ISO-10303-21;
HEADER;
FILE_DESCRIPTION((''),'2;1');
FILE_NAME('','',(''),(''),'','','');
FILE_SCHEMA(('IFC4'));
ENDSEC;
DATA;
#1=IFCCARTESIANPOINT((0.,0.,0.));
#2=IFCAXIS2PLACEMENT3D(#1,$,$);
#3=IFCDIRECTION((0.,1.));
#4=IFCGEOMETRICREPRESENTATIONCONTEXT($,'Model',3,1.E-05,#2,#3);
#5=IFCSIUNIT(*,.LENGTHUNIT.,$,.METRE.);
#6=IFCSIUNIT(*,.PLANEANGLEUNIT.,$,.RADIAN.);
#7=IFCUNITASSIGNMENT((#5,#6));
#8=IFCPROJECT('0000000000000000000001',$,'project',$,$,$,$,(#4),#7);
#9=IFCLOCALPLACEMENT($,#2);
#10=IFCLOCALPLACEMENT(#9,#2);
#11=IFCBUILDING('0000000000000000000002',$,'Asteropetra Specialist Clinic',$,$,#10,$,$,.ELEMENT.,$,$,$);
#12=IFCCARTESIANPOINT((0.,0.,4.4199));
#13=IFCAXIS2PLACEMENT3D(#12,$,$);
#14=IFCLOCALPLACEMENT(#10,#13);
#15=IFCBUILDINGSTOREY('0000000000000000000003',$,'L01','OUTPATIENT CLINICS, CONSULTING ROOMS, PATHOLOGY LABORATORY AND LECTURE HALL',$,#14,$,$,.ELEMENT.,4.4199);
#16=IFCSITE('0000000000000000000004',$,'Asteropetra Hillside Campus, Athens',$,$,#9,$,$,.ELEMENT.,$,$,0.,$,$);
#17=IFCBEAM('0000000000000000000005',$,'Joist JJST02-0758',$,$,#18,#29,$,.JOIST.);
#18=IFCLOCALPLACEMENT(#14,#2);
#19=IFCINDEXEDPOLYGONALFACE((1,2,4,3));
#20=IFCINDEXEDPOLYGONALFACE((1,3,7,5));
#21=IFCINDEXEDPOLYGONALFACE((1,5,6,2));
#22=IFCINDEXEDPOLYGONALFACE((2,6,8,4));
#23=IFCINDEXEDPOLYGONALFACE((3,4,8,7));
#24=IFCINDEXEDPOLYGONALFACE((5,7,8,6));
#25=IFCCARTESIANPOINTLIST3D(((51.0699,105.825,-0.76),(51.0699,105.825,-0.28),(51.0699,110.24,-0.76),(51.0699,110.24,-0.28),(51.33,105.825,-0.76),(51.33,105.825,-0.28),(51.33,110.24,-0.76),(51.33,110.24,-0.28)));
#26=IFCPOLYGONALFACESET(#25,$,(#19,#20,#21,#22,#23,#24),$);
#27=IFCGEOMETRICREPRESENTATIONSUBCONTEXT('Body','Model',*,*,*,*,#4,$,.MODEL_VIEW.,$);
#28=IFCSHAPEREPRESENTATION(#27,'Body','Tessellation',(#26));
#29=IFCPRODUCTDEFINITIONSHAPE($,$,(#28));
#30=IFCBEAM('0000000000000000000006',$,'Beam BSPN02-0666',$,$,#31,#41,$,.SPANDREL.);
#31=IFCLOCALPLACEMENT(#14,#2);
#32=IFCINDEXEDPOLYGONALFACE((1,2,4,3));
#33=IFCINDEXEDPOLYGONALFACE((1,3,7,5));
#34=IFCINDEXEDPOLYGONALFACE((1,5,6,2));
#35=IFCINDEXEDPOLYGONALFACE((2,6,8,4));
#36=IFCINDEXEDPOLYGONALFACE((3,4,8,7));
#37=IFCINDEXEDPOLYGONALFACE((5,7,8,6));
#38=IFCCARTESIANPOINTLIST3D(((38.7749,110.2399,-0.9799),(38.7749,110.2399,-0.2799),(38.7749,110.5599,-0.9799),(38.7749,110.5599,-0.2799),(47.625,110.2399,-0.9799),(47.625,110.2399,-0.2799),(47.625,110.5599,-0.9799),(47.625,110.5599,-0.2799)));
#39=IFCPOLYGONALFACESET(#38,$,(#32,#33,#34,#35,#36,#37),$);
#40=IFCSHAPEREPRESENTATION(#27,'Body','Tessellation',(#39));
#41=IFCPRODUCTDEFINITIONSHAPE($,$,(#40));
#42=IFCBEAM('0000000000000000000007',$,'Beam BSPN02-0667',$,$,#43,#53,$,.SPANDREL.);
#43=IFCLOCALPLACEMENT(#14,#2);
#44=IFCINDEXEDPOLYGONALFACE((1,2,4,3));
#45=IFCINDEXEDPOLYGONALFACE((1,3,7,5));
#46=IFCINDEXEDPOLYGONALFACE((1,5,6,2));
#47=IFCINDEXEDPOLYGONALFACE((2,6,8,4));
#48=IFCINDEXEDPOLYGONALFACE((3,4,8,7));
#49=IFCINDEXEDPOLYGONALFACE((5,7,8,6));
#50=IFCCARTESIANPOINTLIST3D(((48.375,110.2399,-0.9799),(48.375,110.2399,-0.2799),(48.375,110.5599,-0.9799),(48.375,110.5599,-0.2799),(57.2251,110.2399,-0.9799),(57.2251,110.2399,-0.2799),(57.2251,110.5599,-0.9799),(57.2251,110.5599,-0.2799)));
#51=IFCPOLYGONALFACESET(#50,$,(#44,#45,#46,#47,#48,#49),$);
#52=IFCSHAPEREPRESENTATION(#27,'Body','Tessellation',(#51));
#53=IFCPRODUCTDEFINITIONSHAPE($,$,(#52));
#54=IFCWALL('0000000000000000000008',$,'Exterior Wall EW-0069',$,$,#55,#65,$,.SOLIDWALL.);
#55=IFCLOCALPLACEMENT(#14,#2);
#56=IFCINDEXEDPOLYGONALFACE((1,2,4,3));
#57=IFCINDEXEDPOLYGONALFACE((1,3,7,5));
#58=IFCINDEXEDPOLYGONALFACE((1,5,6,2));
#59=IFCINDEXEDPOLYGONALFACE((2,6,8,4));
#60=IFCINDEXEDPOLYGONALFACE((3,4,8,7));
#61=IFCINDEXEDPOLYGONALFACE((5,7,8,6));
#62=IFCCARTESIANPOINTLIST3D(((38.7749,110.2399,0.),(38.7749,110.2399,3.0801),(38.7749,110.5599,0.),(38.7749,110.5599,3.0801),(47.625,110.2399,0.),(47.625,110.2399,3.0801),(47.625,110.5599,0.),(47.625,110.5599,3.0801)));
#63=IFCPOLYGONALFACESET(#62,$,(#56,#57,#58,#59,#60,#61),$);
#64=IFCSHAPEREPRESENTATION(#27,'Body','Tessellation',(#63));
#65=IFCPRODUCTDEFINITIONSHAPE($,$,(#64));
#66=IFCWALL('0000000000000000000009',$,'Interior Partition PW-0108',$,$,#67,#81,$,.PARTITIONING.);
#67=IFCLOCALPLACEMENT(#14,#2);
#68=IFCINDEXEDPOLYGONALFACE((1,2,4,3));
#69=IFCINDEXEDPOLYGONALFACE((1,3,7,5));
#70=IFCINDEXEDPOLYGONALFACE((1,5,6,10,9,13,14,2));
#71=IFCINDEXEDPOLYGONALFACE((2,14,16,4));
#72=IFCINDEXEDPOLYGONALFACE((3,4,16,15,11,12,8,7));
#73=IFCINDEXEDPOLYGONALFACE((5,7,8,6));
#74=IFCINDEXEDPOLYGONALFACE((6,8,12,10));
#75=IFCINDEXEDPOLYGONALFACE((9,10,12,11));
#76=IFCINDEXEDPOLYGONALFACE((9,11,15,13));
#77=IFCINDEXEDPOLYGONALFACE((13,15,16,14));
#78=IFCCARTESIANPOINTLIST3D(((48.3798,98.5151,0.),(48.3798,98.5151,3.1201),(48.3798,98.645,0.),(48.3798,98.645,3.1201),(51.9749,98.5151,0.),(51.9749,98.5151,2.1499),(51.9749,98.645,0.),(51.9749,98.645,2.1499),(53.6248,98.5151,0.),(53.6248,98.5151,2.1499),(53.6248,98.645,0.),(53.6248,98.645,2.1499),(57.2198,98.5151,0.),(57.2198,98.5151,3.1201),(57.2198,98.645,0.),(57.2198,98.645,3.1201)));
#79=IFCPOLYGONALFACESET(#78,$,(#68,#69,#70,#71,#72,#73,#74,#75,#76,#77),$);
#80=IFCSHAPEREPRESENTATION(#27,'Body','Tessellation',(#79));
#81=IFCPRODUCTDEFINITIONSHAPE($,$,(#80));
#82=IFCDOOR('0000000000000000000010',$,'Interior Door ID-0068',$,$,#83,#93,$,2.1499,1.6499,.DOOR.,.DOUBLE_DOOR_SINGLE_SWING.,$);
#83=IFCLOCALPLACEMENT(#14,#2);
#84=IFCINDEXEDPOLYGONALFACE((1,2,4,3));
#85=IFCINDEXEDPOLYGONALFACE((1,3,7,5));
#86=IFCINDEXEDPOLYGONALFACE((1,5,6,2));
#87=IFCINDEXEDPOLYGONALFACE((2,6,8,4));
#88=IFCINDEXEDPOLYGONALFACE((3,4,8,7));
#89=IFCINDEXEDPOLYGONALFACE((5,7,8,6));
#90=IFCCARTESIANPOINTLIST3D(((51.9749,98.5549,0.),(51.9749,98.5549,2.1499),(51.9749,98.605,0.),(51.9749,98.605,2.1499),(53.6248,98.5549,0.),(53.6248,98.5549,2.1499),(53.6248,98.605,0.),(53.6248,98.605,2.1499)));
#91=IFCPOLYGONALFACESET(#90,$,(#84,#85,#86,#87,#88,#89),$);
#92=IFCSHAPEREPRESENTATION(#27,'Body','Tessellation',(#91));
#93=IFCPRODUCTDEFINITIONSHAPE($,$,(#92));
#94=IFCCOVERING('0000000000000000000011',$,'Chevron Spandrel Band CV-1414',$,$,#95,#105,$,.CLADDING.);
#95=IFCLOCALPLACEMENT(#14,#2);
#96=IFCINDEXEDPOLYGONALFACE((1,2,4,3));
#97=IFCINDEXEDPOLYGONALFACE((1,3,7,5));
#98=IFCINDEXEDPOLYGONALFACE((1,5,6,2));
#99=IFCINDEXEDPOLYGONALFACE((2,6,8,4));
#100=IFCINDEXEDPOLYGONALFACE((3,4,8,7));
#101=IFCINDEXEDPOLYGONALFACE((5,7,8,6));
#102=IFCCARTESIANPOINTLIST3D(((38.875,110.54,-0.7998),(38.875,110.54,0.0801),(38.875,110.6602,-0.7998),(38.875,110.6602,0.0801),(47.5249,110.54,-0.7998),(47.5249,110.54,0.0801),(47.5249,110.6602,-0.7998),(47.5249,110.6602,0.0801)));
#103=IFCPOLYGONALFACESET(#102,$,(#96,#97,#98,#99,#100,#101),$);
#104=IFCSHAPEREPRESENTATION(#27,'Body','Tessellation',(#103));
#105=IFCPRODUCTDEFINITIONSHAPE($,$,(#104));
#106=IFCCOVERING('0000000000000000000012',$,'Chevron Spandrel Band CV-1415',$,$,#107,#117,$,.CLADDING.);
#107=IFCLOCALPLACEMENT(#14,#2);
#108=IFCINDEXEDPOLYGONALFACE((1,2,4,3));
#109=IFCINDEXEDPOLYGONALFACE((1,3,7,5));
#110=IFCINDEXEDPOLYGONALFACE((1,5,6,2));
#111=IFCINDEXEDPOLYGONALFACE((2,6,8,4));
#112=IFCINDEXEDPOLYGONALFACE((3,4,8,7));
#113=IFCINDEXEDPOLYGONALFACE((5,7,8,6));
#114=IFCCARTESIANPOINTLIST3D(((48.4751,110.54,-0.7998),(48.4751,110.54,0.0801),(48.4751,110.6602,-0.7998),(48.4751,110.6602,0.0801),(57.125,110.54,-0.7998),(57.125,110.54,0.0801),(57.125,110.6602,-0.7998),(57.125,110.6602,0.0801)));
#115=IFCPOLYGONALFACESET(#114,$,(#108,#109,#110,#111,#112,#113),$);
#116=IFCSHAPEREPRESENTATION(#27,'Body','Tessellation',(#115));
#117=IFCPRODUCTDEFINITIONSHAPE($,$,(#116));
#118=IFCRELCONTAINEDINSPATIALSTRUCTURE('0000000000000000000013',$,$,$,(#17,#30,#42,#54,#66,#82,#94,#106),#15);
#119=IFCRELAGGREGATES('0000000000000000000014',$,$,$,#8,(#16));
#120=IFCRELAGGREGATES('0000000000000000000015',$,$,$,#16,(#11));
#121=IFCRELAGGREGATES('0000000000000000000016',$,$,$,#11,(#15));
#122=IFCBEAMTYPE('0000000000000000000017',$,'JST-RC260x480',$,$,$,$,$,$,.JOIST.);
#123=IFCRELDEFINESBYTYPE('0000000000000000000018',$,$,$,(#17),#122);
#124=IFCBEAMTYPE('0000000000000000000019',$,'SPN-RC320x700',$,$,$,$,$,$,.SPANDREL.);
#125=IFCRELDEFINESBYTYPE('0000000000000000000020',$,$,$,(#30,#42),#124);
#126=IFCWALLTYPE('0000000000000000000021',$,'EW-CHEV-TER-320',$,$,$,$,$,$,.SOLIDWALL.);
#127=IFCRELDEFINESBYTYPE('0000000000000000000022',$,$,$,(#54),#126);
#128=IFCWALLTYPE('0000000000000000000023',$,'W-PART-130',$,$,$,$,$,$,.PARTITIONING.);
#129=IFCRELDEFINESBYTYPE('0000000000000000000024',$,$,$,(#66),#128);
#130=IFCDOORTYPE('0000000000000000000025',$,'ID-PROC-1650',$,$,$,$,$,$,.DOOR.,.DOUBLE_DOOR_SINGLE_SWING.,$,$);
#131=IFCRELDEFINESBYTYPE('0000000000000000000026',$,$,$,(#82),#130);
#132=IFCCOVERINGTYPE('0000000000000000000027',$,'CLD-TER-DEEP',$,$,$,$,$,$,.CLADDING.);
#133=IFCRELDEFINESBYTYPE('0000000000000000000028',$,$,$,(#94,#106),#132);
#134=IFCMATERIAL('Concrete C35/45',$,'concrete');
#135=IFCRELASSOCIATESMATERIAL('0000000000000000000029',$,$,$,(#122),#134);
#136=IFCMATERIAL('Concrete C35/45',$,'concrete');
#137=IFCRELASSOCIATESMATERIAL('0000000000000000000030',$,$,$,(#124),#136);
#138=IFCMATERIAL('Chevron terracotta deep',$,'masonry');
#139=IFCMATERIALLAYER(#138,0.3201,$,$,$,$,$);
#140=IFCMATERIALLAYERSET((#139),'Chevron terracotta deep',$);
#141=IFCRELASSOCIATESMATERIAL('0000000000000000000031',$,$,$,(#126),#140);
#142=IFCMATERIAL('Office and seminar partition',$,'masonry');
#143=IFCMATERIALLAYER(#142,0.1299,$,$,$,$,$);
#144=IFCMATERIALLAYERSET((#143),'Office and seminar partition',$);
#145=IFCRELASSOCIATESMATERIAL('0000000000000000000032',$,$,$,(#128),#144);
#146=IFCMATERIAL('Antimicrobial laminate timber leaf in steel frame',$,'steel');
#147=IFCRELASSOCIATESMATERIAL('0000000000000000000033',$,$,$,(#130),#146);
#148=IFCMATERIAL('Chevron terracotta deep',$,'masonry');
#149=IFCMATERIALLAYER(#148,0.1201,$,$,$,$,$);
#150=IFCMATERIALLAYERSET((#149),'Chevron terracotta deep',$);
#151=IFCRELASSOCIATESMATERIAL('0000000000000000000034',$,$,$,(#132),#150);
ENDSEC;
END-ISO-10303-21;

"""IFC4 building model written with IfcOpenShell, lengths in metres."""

from ifc_helpers import new_model, si_unit, direction, frame, frame_2d, origin, origin_2d, place, context, subcontext, project, spatial, rectangle, extrude, material, layer, layer_set, material_profile, profile_set, type_object, element, fill, save


model = new_model("IFC4")

# Units and contexts
model_context = context("Model", 3, precision=1e-05, world=origin(), true_north=direction((0.0, 1.0)))
body_context = subcontext(model_context, "Body", "Model", "MODEL_VIEW")
ifc_project = project(units=[si_unit("LENGTHUNIT", "METRE"), si_unit("PLANEANGLEUNIT", "RADIAN")], contexts=[model_context])

# Site, building, storey
site_placement = place(None, origin())
site = spatial("IfcSite", under=ifc_project, at=site_placement, Name="Asteropetra Hillside Campus, Athens", CompositionType="ELEMENT", RefElevation=0.0)
building_placement = place(site_placement, origin())
building = spatial("IfcBuilding", under=site, at=building_placement, Name="Asteropetra Specialist Clinic", CompositionType="ELEMENT")
storey_placement = place(building_placement, frame((0.0, 0.0, 4.4199)))
storey = spatial("IfcBuildingStorey", under=building, at=storey_placement, Name="L01", Description="OUTPATIENT CLINICS, CONSULTING ROOMS, PATHOLOGY LABORATORY AND LECTURE HALL", CompositionType="ELEMENT", Elevation=4.4199)

# Beams
ifc_material_1 = material(Name="Concrete C35/45", Category="concrete")
ifc_material_profile_1 = material_profile(ifc_material_1, rectangle(XDim=0.26, YDim=0.48, at=origin_2d()), Name="RCJ 260x480")
ifc_profile_set_1 = profile_set([ifc_material_profile_1], Name="Concrete C35/45")
beam_type_1 = type_object("IfcBeamType", Name="JST-RC260x480", PredefinedType="JOIST", material=ifc_profile_set_1)
for number, where, z_axis, x_axis, name in (
    (1, (51.2, 105.825, -0.52), (0.0, 1.0, 0.0), (-1.0, 0.0, 0.0), "Joist JJST02-0758"),
):
    element("IfcBeam", number, at=place(storey_placement, frame(where, z_axis=z_axis, x_axis=x_axis)), inside=storey, type_object=beam_type_1, Name=name, PredefinedType="JOIST", context=body_context, shape_type="SweptSolid", body=[
        extrude(rectangle(XDim=0.26, YDim=0.48, at=origin_2d()), origin(), (0.0, 0.0, 1.0), 4.415),
    ])
ifc_material_2 = material(Name="Concrete C35/45", Category="concrete")
ifc_material_profile_2 = material_profile(ifc_material_2, rectangle(XDim=0.3201, YDim=0.7, at=origin_2d()), Name="RCS 320x700")
ifc_profile_set_2 = profile_set([ifc_material_profile_2], Name="Concrete C35/45")
beam_type_2 = type_object("IfcBeamType", Name="SPN-RC320x700", PredefinedType="SPANDREL", material=ifc_profile_set_2)
for number, where, z_axis, x_axis, name in (
    (2, (38.7749, 110.3999, -0.6299), (1.0, 0.0, 0.0), (0.0, 1.0, 0.0), "Beam BSPN02-0666"),
    (3, (48.375, 110.3999, -0.6299), (1.0, 0.0, 0.0), (0.0, 1.0, 0.0), "Beam BSPN02-0667"),
):
    element("IfcBeam", number, at=place(storey_placement, frame(where, z_axis=z_axis, x_axis=x_axis)), inside=storey, type_object=beam_type_2, Name=name, PredefinedType="SPANDREL", context=body_context, shape_type="SweptSolid", body=[
        extrude(rectangle(XDim=0.3201, YDim=0.7, at=origin_2d()), origin(), (0.0, 0.0, 1.0), 8.8501),
    ])

# Wall
ifc_material_3 = material(Name="Chevron terracotta deep", Category="masonry")
ifc_layer_1 = layer(ifc_material_3, 0.3201)
ifc_layer_set_1 = layer_set([ifc_layer_1], Name="Chevron terracotta deep")
wall_type_1 = type_object("IfcWallType", Name="EW-CHEV-TER-320", PredefinedType="SOLIDWALL", material=ifc_layer_set_1)
wall_1_placement = place(storey_placement, frame((47.625, 110.3999, 0.0), z_axis=(0.0, 0.0, 1.0), x_axis=(-1.0, 0.0, 0.0)))
element("IfcWall", 4, at=wall_1_placement, inside=storey, type_object=wall_type_1, Name="Exterior Wall EW-0069", PredefinedType="SOLIDWALL", context=body_context, shape_type="SweptSolid", body=[
    extrude(rectangle(XDim=8.8501, YDim=0.3201, at=frame_2d((4.425, 0.0))), origin(), (0.0, 0.0, 1.0), 3.0801),
])

# Wall, opening, door
ifc_material_4 = material(Name="Office and seminar partition", Category="masonry")
ifc_layer_2 = layer(ifc_material_4, 0.1299)
ifc_layer_set_2 = layer_set([ifc_layer_2], Name="Office and seminar partition")
wall_type_2 = type_object("IfcWallType", Name="W-PART-130", PredefinedType="PARTITIONING", material=ifc_layer_set_2)
wall_2_placement = place(storey_placement, frame((48.3799, 98.5801, 0.0), z_axis=(0.0, 0.0, 1.0), x_axis=(1.0, 0.0, 0.0)))
wall_2 = element("IfcWall", 5, at=wall_2_placement, inside=storey, type_object=wall_type_2, Name="Interior Partition PW-0108", PredefinedType="PARTITIONING", context=body_context, shape_type="SweptSolid", body=[
    extrude(rectangle(XDim=8.8401, YDim=0.1299, at=frame_2d((4.4199, 0.0))), origin(), (0.0, 0.0, 1.0), 3.1201),
])
opening_placement = place(wall_2_placement, frame((3.595, 0.0, 0.0)))
opening = element("IfcOpeningElement", 6, at=opening_placement, cuts=wall_2, PredefinedType="OPENING", context=body_context, shape_type="SweptSolid", body=[
    extrude(rectangle(XDim=1.6499, YDim=2.1499, at=frame_2d((0.825, 1.075))), frame((0.0, 0.075, 0.0), z_axis=(0.0, -1.0, 0.0), x_axis=(1.0, 0.0, 0.0)), (0.0, 0.0, 1.0), 0.1499),
])
ifc_material_5 = material(Name="Antimicrobial laminate timber leaf in steel frame", Category="steel")
door_type = type_object("IfcDoorType", Name="ID-PROC-1650", OperationType="DOUBLE_DOOR_SINGLE_SWING", PredefinedType="DOOR", material=ifc_material_5)
door_placement = place(opening_placement, origin())
door = element("IfcDoor", 7, at=door_placement, inside=storey, type_object=door_type, Name="Interior Door ID-0068", OperationType="DOUBLE_DOOR_SINGLE_SWING", OverallHeight=2.1499, OverallWidth=1.6499, PredefinedType="DOOR", context=body_context, shape_type="SweptSolid", body=[
    extrude(rectangle(XDim=1.6499, YDim=2.1499, at=frame_2d((0.825, 1.075))), frame((0.0, 0.0249, 0.0), z_axis=(0.0, -1.0, 0.0), x_axis=(1.0, 0.0, 0.0)), (0.0, 0.0, 1.0), 0.05),
])
fill(opening, door)

# Coverings
ifc_material_6 = material(Name="Chevron terracotta deep", Category="masonry")
ifc_layer_3 = layer(ifc_material_6, 0.1201)
ifc_layer_set_3 = layer_set([ifc_layer_3], Name="Chevron terracotta deep")
covering_type = type_object("IfcCoveringType", Name="CLD-TER-DEEP", PredefinedType="CLADDING", material=ifc_layer_set_3)
for number, where, z_axis, x_axis, name in (
    (8, (43.2, 110.6001, -0.7998), (0.0, 0.0, 1.0), (1.0, 0.0, 0.0), "Chevron Spandrel Band CV-1414"),
    (9, (52.8, 110.6001, -0.7998), (0.0, 0.0, 1.0), (1.0, 0.0, 0.0), "Chevron Spandrel Band CV-1415"),
):
    element("IfcCovering", number, at=place(storey_placement, frame(where, z_axis=z_axis, x_axis=x_axis)), inside=storey, type_object=covering_type, Name=name, PredefinedType="CLADDING", context=body_context, shape_type="SweptSolid", body=[
        extrude(rectangle(XDim=8.6499, YDim=0.1201, at=origin_2d()), origin(), (0.0, 0.0, 1.0), 0.8799),
    ])

save(model, "model.ifc")
